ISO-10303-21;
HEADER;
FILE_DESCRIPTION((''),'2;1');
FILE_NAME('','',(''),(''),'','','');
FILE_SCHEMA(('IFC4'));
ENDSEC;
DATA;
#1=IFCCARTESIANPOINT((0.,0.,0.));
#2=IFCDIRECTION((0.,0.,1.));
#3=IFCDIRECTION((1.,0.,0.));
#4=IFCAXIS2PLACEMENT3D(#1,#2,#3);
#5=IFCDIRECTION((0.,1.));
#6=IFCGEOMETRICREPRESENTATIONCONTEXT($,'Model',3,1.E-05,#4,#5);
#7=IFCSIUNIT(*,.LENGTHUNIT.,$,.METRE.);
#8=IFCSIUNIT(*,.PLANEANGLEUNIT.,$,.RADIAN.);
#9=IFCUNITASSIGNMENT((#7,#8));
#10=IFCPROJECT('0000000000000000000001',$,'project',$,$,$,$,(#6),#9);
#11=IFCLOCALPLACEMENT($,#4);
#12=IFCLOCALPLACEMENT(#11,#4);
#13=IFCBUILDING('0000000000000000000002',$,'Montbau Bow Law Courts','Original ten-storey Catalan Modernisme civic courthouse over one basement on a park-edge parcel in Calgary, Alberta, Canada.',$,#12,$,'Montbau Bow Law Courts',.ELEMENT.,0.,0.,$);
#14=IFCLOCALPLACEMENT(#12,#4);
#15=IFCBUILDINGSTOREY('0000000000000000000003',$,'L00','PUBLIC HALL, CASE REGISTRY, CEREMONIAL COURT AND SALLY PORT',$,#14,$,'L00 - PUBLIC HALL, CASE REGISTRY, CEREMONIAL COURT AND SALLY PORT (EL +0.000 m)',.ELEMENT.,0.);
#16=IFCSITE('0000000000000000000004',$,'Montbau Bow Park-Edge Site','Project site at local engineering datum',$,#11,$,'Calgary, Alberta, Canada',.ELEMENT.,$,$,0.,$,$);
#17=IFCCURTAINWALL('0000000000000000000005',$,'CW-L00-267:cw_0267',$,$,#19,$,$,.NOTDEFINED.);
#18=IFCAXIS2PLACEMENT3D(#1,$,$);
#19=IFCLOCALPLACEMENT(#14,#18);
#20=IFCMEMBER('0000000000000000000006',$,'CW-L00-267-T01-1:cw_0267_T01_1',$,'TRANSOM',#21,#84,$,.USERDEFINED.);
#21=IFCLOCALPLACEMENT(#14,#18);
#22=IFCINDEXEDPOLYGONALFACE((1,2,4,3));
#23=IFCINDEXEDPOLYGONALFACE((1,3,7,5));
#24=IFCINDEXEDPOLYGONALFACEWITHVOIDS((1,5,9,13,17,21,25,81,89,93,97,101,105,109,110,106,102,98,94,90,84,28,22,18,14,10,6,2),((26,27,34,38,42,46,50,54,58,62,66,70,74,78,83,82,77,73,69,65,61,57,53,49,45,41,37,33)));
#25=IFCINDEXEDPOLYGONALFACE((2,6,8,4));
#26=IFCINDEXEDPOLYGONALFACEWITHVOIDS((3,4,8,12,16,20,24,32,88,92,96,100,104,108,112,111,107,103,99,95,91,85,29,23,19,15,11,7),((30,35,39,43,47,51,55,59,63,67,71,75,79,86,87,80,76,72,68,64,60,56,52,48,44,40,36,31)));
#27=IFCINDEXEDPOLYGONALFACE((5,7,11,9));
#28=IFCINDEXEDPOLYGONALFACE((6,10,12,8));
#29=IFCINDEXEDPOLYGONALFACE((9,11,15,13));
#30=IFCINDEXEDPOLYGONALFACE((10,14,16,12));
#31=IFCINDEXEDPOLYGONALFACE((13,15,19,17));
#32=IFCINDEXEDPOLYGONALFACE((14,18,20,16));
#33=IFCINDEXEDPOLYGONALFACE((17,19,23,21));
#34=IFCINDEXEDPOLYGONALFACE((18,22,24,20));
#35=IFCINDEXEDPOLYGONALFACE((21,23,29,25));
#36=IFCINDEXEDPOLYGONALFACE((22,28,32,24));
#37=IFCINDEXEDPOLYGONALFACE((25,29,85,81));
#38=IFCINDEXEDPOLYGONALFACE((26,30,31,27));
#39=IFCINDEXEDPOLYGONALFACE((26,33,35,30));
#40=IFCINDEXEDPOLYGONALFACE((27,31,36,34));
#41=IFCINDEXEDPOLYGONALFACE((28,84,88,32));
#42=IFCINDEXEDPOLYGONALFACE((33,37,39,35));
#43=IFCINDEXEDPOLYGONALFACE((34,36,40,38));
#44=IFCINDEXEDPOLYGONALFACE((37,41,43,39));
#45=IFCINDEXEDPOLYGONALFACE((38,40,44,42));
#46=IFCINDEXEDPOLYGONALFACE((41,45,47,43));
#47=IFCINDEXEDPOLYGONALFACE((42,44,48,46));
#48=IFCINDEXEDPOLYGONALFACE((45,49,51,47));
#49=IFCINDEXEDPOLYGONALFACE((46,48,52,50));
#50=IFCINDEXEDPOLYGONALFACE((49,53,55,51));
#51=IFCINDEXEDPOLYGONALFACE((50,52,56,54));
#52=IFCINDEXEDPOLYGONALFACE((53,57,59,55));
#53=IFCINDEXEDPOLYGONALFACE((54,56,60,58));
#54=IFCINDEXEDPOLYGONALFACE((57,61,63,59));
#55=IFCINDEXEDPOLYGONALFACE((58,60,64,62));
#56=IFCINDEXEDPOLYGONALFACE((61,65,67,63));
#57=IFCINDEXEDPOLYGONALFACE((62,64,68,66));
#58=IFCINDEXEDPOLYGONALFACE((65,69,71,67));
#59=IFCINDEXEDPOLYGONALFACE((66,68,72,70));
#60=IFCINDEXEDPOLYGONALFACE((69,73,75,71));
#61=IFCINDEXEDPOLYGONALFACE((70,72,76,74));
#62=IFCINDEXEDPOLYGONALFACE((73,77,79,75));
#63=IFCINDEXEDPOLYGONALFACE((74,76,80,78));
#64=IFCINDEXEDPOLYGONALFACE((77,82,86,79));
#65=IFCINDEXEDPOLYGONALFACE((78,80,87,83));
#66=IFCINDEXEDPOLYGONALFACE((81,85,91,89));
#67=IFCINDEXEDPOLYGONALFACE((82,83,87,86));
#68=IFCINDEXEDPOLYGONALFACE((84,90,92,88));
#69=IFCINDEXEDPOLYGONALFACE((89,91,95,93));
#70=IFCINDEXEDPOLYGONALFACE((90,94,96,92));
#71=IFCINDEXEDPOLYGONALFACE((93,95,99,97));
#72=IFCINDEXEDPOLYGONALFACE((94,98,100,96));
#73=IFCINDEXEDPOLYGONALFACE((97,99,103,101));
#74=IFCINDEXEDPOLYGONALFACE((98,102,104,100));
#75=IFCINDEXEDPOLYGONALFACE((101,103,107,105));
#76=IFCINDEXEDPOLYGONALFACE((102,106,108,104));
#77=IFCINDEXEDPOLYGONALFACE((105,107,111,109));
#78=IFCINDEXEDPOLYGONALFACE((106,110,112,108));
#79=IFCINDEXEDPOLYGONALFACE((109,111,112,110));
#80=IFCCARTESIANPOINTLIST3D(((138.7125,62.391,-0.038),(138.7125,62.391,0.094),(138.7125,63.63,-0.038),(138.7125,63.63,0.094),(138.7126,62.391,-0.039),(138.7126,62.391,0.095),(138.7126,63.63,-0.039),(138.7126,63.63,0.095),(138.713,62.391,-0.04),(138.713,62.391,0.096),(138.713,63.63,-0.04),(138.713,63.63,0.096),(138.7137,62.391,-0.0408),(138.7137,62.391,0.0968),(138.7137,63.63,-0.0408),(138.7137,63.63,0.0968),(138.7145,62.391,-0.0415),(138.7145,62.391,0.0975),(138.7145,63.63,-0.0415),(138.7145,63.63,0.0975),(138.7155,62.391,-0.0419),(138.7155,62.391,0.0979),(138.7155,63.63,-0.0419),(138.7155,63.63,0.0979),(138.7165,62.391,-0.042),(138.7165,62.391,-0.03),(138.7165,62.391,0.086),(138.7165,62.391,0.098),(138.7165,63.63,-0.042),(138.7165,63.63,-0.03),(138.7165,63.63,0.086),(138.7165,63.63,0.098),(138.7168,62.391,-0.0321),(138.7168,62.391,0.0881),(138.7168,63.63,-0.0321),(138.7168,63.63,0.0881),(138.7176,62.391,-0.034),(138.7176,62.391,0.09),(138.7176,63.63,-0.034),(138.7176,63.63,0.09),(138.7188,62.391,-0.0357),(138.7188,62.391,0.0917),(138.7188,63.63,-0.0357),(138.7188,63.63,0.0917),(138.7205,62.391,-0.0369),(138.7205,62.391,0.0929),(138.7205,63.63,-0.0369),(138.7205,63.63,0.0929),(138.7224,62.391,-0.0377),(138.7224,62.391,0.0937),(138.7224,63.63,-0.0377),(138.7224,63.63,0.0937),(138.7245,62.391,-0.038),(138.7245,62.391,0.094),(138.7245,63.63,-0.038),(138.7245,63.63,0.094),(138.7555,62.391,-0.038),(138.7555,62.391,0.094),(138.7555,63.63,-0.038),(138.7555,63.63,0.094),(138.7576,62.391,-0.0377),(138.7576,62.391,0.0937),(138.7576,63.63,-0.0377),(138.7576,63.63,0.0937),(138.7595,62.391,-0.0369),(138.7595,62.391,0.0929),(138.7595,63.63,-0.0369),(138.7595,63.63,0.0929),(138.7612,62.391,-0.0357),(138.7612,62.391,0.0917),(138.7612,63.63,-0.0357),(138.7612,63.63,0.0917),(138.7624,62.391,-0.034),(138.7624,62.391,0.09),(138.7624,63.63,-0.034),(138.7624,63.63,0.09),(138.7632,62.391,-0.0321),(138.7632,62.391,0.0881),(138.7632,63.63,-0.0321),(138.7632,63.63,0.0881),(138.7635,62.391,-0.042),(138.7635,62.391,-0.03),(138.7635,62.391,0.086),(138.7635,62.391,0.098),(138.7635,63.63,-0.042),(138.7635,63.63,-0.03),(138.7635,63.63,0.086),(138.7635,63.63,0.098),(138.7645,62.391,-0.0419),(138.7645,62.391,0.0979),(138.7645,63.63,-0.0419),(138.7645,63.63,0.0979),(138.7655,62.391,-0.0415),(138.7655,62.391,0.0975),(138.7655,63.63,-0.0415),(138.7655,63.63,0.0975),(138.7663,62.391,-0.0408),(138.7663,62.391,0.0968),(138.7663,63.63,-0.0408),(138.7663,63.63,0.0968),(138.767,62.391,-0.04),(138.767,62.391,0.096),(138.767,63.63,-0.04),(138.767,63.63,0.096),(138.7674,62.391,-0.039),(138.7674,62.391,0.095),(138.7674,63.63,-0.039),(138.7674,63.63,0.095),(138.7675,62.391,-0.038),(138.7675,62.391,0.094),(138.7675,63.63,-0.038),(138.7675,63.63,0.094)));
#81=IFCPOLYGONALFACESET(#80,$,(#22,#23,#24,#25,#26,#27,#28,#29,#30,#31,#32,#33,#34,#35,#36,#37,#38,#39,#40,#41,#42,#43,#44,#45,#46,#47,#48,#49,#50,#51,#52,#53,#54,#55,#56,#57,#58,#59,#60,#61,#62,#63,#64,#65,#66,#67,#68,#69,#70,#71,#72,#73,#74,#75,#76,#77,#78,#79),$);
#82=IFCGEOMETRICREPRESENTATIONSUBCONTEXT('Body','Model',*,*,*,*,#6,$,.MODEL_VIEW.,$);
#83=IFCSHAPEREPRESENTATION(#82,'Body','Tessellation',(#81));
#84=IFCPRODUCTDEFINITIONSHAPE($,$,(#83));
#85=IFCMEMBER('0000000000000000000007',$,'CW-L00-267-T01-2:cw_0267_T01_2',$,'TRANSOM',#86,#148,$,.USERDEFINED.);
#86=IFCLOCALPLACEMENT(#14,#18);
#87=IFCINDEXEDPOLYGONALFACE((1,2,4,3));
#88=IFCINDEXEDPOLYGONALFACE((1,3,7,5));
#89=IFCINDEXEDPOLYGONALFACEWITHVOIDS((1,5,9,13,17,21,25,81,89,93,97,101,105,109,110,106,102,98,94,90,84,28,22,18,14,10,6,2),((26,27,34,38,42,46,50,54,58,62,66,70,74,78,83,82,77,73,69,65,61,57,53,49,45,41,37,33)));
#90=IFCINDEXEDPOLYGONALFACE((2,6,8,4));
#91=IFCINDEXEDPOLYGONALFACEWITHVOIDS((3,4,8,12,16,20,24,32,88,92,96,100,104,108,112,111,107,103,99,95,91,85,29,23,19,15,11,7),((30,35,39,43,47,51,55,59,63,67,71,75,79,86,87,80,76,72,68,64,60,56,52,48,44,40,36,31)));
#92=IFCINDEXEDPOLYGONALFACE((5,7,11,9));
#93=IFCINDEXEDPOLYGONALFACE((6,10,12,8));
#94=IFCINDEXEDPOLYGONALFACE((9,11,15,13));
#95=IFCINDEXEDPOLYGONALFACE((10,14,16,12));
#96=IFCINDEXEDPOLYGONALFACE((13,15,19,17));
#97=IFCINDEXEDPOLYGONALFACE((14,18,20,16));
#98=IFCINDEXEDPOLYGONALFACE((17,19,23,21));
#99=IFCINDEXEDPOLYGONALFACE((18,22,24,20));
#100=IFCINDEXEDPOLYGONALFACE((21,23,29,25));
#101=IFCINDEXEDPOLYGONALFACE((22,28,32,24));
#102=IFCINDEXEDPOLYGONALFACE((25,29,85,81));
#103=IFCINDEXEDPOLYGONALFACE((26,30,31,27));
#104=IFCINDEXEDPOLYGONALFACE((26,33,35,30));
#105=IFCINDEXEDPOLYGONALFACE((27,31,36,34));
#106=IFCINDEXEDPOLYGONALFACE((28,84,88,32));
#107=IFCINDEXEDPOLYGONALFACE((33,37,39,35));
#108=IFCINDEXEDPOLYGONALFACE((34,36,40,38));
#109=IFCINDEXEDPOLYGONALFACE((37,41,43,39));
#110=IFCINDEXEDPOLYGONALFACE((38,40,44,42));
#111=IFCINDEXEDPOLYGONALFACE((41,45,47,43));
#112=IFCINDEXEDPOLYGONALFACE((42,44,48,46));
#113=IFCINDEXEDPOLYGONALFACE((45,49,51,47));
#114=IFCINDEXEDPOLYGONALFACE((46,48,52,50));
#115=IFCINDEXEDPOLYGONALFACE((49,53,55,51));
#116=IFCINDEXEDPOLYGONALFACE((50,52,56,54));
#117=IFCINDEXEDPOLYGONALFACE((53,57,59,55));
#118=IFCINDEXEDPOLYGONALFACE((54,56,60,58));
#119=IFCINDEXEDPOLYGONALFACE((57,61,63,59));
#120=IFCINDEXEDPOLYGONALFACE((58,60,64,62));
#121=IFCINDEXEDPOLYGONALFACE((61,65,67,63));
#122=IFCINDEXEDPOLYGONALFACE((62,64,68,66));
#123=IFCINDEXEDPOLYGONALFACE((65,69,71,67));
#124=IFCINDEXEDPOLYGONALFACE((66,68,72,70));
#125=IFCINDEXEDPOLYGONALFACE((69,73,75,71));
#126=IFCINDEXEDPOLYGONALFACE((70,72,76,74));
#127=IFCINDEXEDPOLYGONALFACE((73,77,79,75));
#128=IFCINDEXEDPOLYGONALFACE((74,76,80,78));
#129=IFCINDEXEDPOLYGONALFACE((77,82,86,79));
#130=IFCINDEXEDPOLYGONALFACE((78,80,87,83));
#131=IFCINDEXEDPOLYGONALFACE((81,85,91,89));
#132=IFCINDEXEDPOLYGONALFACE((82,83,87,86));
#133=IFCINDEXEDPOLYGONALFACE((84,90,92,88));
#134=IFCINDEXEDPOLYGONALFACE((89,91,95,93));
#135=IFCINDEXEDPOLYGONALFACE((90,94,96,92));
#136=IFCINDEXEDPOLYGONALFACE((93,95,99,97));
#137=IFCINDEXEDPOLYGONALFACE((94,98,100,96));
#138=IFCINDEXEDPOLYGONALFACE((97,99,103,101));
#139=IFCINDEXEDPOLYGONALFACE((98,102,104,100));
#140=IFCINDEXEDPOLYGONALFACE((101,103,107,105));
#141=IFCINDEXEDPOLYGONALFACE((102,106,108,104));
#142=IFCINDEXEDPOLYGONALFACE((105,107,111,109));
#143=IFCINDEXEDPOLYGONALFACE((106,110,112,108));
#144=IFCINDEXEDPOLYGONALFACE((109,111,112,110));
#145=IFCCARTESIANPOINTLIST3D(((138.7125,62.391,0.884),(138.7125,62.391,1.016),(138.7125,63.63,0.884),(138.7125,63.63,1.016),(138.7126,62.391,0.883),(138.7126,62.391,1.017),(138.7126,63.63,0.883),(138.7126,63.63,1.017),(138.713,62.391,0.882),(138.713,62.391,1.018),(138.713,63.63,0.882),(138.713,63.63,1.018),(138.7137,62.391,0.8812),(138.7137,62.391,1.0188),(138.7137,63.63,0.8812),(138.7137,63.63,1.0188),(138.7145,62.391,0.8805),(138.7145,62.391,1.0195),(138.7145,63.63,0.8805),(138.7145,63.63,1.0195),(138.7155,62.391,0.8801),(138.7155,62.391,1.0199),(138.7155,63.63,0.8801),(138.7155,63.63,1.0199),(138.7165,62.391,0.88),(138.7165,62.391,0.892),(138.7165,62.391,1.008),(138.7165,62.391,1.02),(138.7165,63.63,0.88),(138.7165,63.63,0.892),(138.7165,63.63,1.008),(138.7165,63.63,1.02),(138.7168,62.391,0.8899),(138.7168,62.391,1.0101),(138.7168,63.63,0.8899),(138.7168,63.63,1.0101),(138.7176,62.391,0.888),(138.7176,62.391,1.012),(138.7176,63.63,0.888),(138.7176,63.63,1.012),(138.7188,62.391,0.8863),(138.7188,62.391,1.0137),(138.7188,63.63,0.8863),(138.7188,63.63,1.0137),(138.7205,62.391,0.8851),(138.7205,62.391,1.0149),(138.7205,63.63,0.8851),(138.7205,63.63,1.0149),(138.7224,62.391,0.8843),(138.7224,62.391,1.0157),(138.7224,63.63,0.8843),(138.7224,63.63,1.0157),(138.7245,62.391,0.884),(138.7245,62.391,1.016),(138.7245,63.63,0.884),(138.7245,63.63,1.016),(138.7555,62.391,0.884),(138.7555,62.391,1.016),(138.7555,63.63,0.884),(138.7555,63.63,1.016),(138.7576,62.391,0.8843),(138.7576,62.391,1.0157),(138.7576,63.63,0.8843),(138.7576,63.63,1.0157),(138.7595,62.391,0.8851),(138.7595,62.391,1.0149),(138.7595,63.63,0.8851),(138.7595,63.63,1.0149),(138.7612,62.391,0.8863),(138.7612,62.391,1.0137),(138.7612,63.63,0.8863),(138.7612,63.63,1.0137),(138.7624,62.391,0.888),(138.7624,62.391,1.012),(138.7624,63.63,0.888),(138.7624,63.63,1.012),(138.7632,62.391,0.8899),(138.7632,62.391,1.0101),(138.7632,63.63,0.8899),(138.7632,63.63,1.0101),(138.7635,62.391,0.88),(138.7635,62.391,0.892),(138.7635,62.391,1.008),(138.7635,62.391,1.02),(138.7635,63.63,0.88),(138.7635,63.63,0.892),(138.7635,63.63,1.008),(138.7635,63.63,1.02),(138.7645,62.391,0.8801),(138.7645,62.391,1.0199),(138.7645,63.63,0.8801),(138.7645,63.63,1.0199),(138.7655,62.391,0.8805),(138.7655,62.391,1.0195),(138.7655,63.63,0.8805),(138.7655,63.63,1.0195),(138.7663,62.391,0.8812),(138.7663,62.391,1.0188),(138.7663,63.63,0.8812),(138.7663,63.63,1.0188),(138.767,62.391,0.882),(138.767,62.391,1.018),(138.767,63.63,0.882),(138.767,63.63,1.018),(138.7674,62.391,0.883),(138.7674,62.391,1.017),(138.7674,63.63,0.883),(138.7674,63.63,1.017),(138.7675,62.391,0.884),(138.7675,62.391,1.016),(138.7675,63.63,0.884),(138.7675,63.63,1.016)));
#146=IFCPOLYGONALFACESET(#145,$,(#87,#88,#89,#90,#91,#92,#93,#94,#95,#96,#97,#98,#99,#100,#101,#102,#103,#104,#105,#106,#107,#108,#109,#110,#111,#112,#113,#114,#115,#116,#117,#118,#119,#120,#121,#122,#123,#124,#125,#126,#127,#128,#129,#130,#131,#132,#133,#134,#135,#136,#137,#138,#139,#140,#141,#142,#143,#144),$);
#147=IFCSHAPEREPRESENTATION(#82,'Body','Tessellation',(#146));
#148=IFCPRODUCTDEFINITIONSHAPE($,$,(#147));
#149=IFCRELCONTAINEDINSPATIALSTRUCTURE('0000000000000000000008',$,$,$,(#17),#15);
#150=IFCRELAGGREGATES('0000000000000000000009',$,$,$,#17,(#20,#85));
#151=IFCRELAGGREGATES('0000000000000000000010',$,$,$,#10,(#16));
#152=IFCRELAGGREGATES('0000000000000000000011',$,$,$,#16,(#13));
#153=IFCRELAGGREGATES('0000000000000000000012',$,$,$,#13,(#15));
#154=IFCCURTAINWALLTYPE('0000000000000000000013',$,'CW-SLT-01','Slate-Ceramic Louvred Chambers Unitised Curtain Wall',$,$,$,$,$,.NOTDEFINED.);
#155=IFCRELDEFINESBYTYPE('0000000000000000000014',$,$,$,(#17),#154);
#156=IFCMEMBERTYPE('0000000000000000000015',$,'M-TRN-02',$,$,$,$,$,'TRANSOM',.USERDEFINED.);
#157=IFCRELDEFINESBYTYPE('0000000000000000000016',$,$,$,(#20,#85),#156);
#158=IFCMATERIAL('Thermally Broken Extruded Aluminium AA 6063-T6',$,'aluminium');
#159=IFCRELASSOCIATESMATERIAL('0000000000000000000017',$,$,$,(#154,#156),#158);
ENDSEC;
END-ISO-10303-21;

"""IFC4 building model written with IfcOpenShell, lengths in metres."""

from ifc_helpers import new_model, si_unit, direction, frame, origin_with_axes, origin_2d_with_axis, place, context, subcontext, project, spatial, hollow_rectangle, extrude, material, material_profile, profile_set, type_object, element, aggregate, save


model = new_model("IFC4")

# Units and contexts
model_context = context("Model", 3, precision=1e-05, world=origin_with_axes(), true_north=direction((0.0, 1.0)))
body_context = subcontext(model_context, "Body", "Model", "MODEL_VIEW")
ifc_project = project(units=[si_unit("LENGTHUNIT", "METRE"), si_unit("PLANEANGLEUNIT", "RADIAN")], contexts=[model_context])

# Site, building, storey
site_placement = place(None, origin_with_axes())
site = spatial("IfcSite", under=ifc_project, at=site_placement, Name="Montbau Bow Park-Edge Site", Description="Project site at local engineering datum", LongName="Calgary, Alberta, Canada", CompositionType="ELEMENT", RefElevation=0.0)
building_placement = place(site_placement, origin_with_axes())
building = spatial("IfcBuilding", under=site, at=building_placement, Name="Montbau Bow Law Courts", Description="Original ten-storey Catalan Modernisme civic courthouse over one basement on a park-edge parcel in Calgary, Alberta, Canada.", LongName="Montbau Bow Law Courts", CompositionType="ELEMENT", ElevationOfRefHeight=0.0, ElevationOfTerrain=0.0)
storey_placement = place(building_placement, origin_with_axes())
storey = spatial("IfcBuildingStorey", under=building, at=storey_placement, Name="L00", Description="PUBLIC HALL, CASE REGISTRY, CEREMONIAL COURT AND SALLY PORT", LongName="L00 - PUBLIC HALL, CASE REGISTRY, CEREMONIAL COURT AND SALLY PORT (EL +0.000 m)", CompositionType="ELEMENT", Elevation=0.0)

# Curtain wall, members
ifc_material_1 = material(Name="Thermally Broken Extruded Aluminium AA 6063-T6", Category="aluminium")
curtain_wall_type = type_object("IfcCurtainWallType", Name="CW-SLT-01", Description="Slate-Ceramic Louvred Chambers Unitised Curtain Wall", PredefinedType="NOTDEFINED", material=ifc_material_1)
curtain_wall_placement = place(None, frame((138.74, 62.315, 0.0), z_axis=(0.0, 0.0, 1.0), x_axis=(1.0, 0.0, 0.0)))
curtain_wall = element("IfcCurtainWall", 1, at=curtain_wall_placement, inside=storey, type_object=curtain_wall_type, Name="CW-L00-267:cw_0267", PredefinedType="NOTDEFINED")
ifc_material_profile_1 = material_profile(ifc_material_1, hollow_rectangle(XDim=0.055, YDim=0.14, WallThickness=0.004, InnerFilletRadius=0.008, OuterFilletRadius=0.004, at=origin_2d_with_axis()), Name="CWT-140X55", Category="Main", Priority=0)
ifc_profile_set_1 = profile_set([ifc_material_profile_1], Name="Thermally Broken Extruded Aluminium AA 6063-T6")
member_type_1 = type_object("IfcMemberType", Name="M-TRN-02", ElementType="TRANSOM", PredefinedType="USERDEFINED", material=ifc_profile_set_1)
member_1_placement = place(None, frame((138.74, 62.391, 0.028), z_axis=(0.0, 1.0, 0.0), x_axis=(-1.0, 0.0, 0.0)))
member_1 = element("IfcMember", 2, at=member_1_placement, type_object=member_type_1, Name="CW-L00-267-T01-1:cw_0267_T01_1", ObjectType="TRANSOM", PredefinedType="USERDEFINED", context=body_context, shape_type="SweptSolid", body=[
    extrude(hollow_rectangle(XDim=0.055, YDim=0.14, WallThickness=0.004, InnerFilletRadius=0.008, OuterFilletRadius=0.004, at=origin_2d_with_axis()), origin_with_axes(), (0.0, 0.0, 1.0), 1.239),
])
member_2_placement = place(None, frame((138.74, 62.391, 0.95), z_axis=(0.0, 1.0, 0.0), x_axis=(-1.0, 0.0, 0.0)))
member_2 = element("IfcMember", 3, at=member_2_placement, type_object=member_type_1, Name="CW-L00-267-T01-2:cw_0267_T01_2", ObjectType="TRANSOM", PredefinedType="USERDEFINED", context=body_context, shape_type="SweptSolid", body=[
    extrude(hollow_rectangle(XDim=0.055, YDim=0.14, WallThickness=0.004, InnerFilletRadius=0.008, OuterFilletRadius=0.004, at=origin_2d_with_axis()), origin_with_axes(), (0.0, 0.0, 1.0), 1.239),
])
aggregate(curtain_wall, [member_1, member_2])

save(model, "model.ifc")
